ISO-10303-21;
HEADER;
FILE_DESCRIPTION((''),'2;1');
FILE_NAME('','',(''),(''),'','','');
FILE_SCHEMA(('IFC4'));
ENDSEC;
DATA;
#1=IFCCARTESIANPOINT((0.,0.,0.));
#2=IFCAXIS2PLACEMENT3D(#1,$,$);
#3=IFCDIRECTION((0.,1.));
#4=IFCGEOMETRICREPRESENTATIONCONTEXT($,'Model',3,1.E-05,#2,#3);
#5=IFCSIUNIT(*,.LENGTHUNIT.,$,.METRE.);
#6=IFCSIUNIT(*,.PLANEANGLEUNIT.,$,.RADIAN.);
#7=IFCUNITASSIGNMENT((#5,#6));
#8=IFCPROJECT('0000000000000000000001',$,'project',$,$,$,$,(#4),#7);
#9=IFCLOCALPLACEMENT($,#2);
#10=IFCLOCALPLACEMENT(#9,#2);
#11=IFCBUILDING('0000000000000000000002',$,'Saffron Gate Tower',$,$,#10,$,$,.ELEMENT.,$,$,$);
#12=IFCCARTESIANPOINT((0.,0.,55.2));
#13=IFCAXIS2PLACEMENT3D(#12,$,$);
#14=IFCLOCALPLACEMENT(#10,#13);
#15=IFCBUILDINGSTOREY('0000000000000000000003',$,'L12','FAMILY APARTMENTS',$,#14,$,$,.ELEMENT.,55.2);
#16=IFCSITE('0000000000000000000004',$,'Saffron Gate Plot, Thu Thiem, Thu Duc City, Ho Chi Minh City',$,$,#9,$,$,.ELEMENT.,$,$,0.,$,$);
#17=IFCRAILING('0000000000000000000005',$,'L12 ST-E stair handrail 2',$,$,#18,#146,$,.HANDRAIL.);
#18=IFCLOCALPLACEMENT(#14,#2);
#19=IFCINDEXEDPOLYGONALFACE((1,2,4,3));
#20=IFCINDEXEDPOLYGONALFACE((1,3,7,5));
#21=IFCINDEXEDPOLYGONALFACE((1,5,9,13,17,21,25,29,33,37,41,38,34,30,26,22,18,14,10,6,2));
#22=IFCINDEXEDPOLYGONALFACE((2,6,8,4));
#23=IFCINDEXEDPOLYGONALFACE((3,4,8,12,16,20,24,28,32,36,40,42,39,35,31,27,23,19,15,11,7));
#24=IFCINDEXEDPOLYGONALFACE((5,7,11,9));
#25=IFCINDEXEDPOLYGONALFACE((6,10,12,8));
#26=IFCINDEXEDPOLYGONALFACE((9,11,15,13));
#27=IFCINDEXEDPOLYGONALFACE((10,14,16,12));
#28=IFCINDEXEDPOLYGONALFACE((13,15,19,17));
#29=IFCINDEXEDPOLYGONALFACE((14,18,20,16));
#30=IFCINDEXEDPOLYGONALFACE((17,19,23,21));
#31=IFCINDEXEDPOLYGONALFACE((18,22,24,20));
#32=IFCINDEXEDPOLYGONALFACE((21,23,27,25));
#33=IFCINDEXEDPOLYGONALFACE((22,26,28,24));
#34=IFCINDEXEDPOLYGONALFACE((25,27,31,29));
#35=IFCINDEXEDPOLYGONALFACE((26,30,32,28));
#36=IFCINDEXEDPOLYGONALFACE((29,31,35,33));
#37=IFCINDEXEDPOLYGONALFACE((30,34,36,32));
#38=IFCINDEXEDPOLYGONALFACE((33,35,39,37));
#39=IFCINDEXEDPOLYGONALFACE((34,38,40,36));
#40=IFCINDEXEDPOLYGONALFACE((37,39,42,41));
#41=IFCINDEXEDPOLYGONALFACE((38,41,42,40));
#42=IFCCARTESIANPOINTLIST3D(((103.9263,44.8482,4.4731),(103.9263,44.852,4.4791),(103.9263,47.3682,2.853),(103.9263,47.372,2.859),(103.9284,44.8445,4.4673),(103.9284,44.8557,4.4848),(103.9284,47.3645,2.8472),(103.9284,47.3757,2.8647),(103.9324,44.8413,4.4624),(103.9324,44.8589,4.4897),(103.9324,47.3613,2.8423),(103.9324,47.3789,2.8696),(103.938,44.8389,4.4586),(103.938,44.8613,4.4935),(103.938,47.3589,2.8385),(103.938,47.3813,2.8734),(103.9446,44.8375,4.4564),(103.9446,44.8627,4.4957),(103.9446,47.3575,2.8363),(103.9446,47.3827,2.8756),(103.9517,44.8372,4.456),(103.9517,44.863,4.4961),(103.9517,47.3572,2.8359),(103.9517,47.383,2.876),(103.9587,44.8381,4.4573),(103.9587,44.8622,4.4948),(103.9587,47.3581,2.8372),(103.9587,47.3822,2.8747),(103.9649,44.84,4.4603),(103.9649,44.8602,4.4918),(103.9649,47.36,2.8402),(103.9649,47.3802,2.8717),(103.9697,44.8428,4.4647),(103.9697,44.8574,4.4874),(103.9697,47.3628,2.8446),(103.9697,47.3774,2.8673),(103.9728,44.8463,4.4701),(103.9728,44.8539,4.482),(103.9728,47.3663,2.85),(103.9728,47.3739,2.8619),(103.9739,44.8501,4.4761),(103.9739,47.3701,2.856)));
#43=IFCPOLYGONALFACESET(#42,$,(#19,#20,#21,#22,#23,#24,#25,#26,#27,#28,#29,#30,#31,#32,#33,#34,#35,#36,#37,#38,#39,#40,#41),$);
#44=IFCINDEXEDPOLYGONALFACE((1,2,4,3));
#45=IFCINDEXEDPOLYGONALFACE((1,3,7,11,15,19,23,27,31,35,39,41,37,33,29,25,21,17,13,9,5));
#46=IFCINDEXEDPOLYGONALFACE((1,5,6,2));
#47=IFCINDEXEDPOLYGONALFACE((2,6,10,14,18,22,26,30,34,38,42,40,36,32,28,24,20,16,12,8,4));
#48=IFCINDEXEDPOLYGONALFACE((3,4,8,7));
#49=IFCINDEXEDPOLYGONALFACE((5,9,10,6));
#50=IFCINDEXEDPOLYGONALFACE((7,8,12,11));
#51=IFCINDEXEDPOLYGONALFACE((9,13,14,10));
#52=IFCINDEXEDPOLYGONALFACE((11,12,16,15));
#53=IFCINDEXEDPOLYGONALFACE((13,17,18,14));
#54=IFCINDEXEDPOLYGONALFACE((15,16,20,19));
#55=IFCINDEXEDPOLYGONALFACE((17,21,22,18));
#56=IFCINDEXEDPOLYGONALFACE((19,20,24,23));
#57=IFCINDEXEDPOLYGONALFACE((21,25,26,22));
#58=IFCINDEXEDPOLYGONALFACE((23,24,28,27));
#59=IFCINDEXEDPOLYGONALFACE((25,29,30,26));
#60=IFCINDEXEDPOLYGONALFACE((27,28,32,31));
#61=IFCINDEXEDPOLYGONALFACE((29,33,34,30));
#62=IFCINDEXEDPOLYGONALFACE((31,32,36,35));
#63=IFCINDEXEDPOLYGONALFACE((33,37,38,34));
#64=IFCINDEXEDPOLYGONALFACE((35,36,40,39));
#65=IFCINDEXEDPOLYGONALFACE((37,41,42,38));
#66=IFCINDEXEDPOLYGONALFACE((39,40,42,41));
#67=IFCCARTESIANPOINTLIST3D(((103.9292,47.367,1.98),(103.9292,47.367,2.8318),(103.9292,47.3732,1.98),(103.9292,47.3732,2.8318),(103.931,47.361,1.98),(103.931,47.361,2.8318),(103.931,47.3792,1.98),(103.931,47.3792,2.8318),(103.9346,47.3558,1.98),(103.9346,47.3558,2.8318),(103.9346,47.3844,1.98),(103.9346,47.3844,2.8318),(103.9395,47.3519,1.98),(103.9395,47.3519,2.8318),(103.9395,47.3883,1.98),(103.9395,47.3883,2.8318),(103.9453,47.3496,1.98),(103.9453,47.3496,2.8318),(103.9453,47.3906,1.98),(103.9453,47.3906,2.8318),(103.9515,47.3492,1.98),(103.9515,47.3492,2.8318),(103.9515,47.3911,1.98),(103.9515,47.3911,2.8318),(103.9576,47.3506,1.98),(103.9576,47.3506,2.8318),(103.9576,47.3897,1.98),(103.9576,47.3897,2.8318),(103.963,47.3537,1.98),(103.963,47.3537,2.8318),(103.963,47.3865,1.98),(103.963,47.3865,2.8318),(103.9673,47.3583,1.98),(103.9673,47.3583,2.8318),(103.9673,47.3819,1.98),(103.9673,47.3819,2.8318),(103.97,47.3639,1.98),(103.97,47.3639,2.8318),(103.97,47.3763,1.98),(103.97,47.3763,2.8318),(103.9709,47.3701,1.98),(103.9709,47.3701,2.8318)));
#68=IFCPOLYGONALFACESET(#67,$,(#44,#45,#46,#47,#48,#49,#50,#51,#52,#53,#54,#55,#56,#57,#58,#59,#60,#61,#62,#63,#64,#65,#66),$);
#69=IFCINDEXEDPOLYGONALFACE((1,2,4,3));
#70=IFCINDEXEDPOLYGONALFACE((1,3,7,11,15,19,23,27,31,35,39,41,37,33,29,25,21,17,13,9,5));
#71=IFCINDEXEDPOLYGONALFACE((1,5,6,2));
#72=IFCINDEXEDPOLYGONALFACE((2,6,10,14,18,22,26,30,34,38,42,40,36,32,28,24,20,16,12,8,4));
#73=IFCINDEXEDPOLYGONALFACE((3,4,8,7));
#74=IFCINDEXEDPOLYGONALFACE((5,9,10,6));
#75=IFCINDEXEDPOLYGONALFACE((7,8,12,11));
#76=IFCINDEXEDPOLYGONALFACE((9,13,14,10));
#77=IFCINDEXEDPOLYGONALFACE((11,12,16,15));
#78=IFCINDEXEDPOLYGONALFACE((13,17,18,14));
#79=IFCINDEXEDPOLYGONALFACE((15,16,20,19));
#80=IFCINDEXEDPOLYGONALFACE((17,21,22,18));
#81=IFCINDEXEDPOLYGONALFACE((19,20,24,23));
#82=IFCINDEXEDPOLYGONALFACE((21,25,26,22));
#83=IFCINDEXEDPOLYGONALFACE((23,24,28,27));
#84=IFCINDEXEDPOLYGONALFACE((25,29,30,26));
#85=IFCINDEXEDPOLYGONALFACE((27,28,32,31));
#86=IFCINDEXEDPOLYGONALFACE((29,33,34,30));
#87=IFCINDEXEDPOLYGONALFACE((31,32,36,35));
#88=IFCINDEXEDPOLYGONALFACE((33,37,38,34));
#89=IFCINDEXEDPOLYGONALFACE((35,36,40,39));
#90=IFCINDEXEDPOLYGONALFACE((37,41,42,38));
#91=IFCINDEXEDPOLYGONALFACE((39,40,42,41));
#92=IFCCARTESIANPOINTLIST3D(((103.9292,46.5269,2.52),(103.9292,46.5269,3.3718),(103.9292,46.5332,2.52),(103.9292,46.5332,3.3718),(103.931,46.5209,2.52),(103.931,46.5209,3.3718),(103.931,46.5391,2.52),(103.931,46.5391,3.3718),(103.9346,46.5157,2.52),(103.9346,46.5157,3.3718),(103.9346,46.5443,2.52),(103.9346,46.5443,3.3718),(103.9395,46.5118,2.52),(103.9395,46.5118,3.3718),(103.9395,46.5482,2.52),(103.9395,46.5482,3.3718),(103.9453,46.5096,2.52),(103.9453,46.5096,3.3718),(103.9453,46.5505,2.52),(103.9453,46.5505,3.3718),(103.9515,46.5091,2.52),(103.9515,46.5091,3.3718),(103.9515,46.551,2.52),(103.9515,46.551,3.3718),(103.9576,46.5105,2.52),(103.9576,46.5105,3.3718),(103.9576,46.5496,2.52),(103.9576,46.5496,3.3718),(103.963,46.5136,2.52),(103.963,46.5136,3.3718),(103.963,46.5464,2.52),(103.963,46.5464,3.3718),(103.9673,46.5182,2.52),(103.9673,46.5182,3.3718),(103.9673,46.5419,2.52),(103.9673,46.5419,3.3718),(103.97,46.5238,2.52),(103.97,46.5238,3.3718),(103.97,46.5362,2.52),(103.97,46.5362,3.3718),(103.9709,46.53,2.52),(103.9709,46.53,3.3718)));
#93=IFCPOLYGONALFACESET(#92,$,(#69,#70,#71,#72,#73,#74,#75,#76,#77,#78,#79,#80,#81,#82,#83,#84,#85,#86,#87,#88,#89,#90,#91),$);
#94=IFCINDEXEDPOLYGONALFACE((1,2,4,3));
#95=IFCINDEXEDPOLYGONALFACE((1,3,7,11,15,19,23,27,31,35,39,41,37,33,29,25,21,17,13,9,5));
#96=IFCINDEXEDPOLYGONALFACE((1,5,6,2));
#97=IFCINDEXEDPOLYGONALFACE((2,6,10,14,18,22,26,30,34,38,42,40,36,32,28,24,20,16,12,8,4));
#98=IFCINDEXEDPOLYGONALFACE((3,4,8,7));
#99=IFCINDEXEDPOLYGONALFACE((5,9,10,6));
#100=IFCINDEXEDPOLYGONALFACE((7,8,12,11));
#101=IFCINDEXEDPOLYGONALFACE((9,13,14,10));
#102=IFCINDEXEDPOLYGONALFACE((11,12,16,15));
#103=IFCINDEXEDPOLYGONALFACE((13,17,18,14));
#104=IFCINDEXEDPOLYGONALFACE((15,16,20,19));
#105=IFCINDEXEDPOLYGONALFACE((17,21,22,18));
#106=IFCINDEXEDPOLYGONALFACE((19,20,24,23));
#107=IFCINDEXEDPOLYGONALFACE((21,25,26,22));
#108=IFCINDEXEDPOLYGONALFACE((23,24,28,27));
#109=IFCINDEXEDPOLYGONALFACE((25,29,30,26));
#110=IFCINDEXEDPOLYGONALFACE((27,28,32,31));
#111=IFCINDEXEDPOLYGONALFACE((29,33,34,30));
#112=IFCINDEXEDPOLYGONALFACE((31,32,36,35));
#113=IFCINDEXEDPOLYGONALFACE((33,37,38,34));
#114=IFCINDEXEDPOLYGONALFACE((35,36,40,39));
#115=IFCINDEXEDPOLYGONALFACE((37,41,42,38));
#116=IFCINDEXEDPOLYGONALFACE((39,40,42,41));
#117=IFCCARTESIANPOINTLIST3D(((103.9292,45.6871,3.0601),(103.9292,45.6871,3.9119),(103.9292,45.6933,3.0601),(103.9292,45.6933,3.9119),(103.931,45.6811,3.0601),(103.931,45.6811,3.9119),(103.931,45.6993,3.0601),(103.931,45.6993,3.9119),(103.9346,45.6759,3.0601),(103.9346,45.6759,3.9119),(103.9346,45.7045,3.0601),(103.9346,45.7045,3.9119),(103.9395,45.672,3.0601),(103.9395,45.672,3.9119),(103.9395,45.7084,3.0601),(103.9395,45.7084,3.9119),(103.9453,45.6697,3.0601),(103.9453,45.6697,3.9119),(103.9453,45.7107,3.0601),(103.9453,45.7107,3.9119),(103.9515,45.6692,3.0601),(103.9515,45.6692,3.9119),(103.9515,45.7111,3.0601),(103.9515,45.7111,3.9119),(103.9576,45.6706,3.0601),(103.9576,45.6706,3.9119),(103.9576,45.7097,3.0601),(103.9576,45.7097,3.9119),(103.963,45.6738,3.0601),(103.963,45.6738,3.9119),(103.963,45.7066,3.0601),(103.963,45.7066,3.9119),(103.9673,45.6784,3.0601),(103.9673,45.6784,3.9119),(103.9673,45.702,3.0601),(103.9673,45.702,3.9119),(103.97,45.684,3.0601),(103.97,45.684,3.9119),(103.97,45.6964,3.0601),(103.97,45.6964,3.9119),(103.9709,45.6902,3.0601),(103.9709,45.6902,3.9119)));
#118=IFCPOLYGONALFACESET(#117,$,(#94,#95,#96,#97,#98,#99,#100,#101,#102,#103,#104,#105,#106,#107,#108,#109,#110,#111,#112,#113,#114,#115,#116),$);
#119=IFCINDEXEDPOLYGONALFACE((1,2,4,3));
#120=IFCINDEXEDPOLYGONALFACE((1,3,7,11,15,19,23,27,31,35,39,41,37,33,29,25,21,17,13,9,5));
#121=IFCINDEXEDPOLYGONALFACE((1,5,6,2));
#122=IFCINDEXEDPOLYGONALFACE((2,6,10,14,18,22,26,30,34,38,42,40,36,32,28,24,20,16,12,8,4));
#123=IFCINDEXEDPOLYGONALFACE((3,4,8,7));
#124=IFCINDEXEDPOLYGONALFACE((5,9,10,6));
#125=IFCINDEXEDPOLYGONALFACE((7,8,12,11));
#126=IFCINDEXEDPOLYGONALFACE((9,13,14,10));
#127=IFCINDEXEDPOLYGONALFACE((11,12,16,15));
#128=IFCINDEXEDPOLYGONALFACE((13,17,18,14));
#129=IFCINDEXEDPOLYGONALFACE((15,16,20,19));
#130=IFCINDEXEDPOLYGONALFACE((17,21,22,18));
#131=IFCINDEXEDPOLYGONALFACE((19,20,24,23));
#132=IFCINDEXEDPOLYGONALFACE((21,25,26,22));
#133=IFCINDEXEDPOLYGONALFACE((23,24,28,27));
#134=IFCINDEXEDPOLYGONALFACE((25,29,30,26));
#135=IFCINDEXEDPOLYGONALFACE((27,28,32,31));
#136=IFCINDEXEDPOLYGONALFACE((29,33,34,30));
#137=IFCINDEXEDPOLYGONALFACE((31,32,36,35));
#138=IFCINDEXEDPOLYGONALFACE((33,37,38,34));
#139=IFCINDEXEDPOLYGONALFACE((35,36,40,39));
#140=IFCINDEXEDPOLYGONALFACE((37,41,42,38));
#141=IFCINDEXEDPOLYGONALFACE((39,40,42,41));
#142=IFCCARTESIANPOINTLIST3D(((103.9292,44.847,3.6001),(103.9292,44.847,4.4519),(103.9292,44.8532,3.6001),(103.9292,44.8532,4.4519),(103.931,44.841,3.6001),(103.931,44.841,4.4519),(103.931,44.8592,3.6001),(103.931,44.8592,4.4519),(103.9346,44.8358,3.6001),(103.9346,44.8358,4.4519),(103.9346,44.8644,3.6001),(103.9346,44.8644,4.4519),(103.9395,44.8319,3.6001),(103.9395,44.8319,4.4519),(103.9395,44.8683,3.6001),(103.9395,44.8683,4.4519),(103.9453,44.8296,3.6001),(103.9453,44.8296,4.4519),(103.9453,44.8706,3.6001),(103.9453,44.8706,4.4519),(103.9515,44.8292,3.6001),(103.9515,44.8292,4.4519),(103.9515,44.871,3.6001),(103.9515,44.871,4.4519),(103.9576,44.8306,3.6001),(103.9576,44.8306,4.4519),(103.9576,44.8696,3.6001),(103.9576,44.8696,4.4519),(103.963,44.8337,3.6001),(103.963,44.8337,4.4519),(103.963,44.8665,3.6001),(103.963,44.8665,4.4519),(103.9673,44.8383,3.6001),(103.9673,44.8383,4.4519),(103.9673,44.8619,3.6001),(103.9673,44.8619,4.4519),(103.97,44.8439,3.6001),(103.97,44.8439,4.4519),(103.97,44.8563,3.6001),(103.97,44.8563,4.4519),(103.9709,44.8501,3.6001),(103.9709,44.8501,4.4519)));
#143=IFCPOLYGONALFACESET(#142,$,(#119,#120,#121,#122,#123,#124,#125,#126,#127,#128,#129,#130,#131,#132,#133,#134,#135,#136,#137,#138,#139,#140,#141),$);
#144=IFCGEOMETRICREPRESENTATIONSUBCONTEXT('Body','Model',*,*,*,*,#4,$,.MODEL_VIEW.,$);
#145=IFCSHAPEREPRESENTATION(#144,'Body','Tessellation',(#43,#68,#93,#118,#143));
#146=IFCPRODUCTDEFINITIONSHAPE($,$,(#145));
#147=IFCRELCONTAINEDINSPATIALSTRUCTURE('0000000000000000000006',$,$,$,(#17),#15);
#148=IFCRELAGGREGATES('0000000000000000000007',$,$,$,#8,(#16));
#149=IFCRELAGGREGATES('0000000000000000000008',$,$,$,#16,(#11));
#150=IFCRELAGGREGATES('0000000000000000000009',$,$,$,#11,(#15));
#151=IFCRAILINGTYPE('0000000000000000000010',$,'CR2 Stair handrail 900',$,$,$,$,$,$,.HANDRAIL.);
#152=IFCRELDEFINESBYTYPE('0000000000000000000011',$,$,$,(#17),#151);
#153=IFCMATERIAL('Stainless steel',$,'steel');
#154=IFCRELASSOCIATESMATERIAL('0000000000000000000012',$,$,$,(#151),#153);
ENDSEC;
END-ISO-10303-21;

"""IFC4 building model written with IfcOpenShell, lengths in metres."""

from ifc_helpers import new_model, si_unit, direction, frame, origin, origin_2d, place, context, subcontext, project, spatial, circle, extrude, material, type_object, element, save


model = new_model("IFC4")

# Units and contexts
model_context = context("Model", 3, precision=1e-05, world=origin(), true_north=direction((0.0, 1.0)))
body_context = subcontext(model_context, "Body", "Model", "MODEL_VIEW")
ifc_project = project(units=[si_unit("LENGTHUNIT", "METRE"), si_unit("PLANEANGLEUNIT", "RADIAN")], contexts=[model_context])

# Site, building, storey
site_placement = place(None, origin())
site = spatial("IfcSite", under=ifc_project, at=site_placement, Name="Saffron Gate Plot, Thu Thiem, Thu Duc City, Ho Chi Minh City", CompositionType="ELEMENT", RefElevation=0.0)
building_placement = place(site_placement, origin())
building = spatial("IfcBuilding", under=site, at=building_placement, Name="Saffron Gate Tower", CompositionType="ELEMENT")
storey_placement = place(building_placement, frame((0.0, 0.0, 55.2)))
storey = spatial("IfcBuildingStorey", under=building, at=storey_placement, Name="L12", Description="FAMILY APARTMENTS", CompositionType="ELEMENT", Elevation=55.2)

# Railing
ifc_material_1 = material(Name="Stainless steel", Category="steel")
railing_type_1 = type_object("IfcRailingType", Name="CR2 Stair handrail 900", PredefinedType="HANDRAIL", material=ifc_material_1)
railing_1_placement = place(storey_placement, frame((103.95, 47.3701, 1.98)))
element("IfcRailing", 1, at=railing_1_placement, inside=storey, type_object=railing_type_1, Name="L12 ST-E stair handrail 2", PredefinedType="HANDRAIL", context=body_context, shape_type="SweptSolid", body=[
    extrude(circle(Radius=0.0239, at=origin_2d()), frame((0.0, 0.0, 0.876), z_axis=(0.0, -0.841163, 0.540782), x_axis=(1.0, 0.0, 0.0)), (0.0, 0.0, 1.0), 2.9958),
    extrude(circle(Radius=0.021, at=origin_2d()), origin(), (0.0, 0.0, 1.0), 0.8518),
    extrude(circle(Radius=0.021, at=origin_2d()), frame((0.0, -0.8401, 0.54)), (0.0, 0.0, 1.0), 0.8518),
    extrude(circle(Radius=0.021, at=origin_2d()), frame((0.0, -1.6799, 1.0801)), (0.0, 0.0, 1.0), 0.8518),
    extrude(circle(Radius=0.021, at=origin_2d()), frame((0.0, -2.52, 1.6201)), (0.0, 0.0, 1.0), 0.8518),
])

save(model, "model.ifc")
